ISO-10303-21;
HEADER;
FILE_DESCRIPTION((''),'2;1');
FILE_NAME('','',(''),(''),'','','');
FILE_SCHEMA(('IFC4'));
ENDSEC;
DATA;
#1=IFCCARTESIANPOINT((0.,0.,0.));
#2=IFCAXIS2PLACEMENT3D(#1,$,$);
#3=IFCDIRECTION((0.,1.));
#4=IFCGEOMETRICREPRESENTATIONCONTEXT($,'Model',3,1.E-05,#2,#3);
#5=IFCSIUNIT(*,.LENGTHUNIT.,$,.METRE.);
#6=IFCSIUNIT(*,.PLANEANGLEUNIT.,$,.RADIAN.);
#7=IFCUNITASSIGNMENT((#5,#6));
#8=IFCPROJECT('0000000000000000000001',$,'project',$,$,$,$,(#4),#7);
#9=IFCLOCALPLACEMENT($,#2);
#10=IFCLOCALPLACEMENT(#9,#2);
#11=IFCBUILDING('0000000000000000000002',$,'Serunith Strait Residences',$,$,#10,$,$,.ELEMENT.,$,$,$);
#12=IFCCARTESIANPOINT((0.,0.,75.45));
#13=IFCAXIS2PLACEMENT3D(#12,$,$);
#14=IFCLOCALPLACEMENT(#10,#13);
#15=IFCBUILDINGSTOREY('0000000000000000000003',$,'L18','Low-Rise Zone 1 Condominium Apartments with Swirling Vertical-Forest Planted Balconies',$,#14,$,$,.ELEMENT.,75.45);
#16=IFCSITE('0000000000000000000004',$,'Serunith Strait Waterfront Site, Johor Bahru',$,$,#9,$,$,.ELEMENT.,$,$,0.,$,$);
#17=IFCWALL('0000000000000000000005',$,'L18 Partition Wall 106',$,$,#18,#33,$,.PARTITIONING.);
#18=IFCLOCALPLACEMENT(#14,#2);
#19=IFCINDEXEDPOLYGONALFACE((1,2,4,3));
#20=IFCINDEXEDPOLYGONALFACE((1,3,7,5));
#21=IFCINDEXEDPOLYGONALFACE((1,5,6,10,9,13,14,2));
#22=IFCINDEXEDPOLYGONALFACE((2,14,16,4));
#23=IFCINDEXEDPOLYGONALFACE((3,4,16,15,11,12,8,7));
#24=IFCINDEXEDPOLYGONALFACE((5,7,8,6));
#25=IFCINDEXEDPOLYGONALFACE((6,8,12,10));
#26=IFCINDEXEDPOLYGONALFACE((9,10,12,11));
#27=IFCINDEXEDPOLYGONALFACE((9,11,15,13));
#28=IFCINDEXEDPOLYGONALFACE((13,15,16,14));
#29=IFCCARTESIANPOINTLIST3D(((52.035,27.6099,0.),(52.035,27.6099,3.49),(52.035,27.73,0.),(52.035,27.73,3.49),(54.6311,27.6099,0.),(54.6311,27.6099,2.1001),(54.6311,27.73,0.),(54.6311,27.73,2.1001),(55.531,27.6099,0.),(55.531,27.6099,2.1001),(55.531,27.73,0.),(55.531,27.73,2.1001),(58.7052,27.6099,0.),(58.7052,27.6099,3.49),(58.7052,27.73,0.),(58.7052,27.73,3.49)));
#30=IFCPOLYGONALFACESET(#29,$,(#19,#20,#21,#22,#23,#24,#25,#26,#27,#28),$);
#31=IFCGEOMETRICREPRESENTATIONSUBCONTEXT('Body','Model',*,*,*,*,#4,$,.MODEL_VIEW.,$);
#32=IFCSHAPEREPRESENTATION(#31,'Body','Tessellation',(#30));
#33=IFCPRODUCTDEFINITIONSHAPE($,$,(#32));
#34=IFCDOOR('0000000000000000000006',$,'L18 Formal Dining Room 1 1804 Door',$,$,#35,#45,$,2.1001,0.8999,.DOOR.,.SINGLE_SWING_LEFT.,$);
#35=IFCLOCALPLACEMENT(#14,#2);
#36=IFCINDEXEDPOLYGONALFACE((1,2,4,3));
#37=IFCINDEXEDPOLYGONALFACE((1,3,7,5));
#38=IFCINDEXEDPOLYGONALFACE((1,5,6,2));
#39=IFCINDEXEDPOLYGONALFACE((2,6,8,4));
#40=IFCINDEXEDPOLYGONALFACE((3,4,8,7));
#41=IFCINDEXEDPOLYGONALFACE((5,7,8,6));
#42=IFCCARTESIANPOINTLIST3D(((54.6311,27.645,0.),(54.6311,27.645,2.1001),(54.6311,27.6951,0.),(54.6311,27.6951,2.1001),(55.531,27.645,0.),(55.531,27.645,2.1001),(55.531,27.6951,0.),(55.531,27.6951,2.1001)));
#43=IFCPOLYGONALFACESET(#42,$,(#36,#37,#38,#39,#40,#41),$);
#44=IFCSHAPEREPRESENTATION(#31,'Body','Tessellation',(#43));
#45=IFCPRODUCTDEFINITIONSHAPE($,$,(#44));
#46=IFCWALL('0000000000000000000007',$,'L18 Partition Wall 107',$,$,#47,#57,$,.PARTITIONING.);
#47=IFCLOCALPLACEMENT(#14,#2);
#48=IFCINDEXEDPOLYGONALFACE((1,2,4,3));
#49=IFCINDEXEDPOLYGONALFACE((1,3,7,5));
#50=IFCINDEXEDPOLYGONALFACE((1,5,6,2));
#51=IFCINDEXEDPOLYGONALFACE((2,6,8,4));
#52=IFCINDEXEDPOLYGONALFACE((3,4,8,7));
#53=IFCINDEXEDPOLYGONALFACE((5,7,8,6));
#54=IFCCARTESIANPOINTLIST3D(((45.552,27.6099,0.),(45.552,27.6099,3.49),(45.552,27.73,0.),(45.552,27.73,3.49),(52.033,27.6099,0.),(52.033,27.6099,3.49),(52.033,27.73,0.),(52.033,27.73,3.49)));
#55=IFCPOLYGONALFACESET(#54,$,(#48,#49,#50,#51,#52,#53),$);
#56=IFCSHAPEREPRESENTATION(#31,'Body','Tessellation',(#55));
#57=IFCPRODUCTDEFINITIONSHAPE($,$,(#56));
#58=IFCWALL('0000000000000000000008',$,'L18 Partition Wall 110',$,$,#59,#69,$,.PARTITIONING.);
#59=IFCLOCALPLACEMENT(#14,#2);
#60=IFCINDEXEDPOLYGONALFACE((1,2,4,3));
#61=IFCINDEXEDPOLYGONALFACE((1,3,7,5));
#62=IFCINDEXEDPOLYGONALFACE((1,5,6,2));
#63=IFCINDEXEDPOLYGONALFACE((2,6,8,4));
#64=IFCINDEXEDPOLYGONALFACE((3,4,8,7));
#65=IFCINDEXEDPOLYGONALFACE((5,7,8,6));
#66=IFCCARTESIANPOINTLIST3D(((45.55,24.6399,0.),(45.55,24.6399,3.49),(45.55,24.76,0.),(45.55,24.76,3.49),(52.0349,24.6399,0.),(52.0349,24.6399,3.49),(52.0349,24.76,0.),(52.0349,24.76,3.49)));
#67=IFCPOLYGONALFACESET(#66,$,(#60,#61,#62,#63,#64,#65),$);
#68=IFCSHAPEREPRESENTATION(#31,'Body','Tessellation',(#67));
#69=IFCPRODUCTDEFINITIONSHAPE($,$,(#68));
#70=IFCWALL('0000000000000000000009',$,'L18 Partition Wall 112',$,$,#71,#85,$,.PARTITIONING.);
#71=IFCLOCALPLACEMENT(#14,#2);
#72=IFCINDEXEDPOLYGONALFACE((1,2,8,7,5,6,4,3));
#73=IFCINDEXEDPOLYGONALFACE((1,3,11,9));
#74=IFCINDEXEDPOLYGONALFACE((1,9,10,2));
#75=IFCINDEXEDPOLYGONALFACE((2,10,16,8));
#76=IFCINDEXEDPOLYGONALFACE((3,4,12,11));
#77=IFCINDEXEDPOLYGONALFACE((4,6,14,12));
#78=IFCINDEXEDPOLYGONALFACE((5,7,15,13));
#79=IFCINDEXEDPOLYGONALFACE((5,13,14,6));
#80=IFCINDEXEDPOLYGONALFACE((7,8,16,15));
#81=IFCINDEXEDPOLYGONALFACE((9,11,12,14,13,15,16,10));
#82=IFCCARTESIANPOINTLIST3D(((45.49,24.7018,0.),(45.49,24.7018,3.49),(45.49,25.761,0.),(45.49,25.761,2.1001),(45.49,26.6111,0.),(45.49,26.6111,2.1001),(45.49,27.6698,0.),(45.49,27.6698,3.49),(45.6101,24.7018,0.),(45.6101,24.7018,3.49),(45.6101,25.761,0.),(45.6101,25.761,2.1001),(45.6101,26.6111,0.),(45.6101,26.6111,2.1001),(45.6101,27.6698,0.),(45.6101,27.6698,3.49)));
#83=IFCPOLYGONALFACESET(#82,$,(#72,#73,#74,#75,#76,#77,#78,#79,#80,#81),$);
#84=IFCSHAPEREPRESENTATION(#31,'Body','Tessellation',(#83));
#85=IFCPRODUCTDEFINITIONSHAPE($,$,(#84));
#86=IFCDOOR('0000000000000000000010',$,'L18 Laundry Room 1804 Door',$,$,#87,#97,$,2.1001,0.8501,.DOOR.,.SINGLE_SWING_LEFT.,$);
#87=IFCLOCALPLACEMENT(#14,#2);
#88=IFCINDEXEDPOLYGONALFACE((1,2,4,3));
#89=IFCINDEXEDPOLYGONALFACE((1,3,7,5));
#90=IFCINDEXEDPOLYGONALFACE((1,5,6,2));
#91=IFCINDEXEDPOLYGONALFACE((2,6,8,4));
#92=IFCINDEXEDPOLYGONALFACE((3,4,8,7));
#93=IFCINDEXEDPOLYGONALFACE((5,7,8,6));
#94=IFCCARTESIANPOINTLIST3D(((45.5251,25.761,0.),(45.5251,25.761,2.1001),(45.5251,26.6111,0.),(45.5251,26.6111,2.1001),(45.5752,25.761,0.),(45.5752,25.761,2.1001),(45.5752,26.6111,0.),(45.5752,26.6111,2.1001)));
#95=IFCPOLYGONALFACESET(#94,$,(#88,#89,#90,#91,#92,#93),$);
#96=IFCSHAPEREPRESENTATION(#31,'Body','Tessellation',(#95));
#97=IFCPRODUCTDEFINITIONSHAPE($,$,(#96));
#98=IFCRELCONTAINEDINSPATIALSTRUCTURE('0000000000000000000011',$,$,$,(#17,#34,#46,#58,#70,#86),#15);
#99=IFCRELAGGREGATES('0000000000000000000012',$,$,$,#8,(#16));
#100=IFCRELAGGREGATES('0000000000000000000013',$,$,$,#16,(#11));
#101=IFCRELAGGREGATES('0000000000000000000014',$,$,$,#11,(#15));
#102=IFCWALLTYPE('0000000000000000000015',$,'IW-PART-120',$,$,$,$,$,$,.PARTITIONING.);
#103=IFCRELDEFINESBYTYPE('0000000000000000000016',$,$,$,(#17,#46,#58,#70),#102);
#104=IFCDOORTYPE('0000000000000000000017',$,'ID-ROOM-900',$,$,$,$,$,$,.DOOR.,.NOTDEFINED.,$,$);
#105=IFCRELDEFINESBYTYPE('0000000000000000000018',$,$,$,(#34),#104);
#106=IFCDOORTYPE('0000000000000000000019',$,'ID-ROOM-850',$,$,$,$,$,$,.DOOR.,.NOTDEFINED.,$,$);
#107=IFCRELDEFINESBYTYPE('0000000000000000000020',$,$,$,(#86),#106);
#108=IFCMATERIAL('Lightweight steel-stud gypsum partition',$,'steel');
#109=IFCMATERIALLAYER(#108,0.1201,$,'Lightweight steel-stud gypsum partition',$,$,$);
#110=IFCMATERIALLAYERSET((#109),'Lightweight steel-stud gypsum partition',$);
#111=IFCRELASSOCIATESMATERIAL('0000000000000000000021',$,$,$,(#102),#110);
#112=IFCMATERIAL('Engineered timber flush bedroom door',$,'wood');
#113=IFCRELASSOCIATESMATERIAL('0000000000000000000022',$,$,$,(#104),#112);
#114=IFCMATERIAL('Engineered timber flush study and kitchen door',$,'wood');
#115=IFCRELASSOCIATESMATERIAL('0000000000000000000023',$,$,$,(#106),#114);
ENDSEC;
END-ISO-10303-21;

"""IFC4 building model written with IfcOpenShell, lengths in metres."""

from ifc_helpers import new_model, si_unit, direction, frame, frame_2d, origin, place, context, subcontext, project, spatial, rectangle, extrude, source, transform, mapped, material, layer, layer_set, type_object, element, fill, save


model = new_model("IFC4")

# Units and contexts
model_context = context("Model", 3, precision=1e-05, world=origin(), true_north=direction((0.0, 1.0)))
body_context = subcontext(model_context, "Body", "Model", "MODEL_VIEW")
ifc_project = project(units=[si_unit("LENGTHUNIT", "METRE"), si_unit("PLANEANGLEUNIT", "RADIAN")], contexts=[model_context])

# Site, building, storey
site_placement = place(None, origin())
site = spatial("IfcSite", under=ifc_project, at=site_placement, Name="Serunith Strait Waterfront Site, Johor Bahru", CompositionType="ELEMENT", RefElevation=0.0)
building_placement = place(site_placement, origin())
building = spatial("IfcBuilding", under=site, at=building_placement, Name="Serunith Strait Residences", CompositionType="ELEMENT")
storey_placement = place(building_placement, frame((0.0, 0.0, 75.45)))
storey = spatial("IfcBuildingStorey", under=building, at=storey_placement, Name="L18", Description="Low-Rise Zone 1 Condominium Apartments with Swirling Vertical-Forest Planted Balconies", CompositionType="ELEMENT", Elevation=75.45)

# Shared definitions
ifc_material_1 = material(Name="Lightweight steel-stud gypsum partition", Category="steel")
ifc_layer_1 = layer(ifc_material_1, 0.1201, Name="Lightweight steel-stud gypsum partition")
ifc_layer_set_1 = layer_set([ifc_layer_1], Name="Lightweight steel-stud gypsum partition")
wall_type = type_object("IfcWallType", Name="IW-PART-120", PredefinedType="PARTITIONING", material=ifc_layer_set_1)
ifc_material_2 = material(Name="Engineered timber flush bedroom door", Category="wood")
door_type_1 = type_object("IfcDoorType", Name="ID-ROOM-900", OperationType="NOTDEFINED", PredefinedType="DOOR", material=ifc_material_2)
shared_shape_1 = source(origin(), body_context, "Body", "SweptSolid", [
    extrude(rectangle(XDim=0.8999, YDim=2.1001, at=frame_2d((0.45, 1.05))), frame((0.0, 0.0249, 0.0), z_axis=(0.0, -1.0, 0.0), x_axis=(1.0, 0.0, 0.0)), (0.0, 0.0, 1.0), 0.05),
])

# Shared definitions
ifc_material_3 = material(Name="Engineered timber flush study and kitchen door", Category="wood")
door_type_2 = type_object("IfcDoorType", Name="ID-ROOM-850", OperationType="NOTDEFINED", PredefinedType="DOOR", material=ifc_material_3)
shared_shape_2 = source(origin(), body_context, "Body", "SweptSolid", [
    extrude(rectangle(XDim=0.8501, YDim=2.1001, at=frame_2d((0.425, 1.05))), frame((0.0, 0.0249, 0.0), z_axis=(0.0, -1.0, 0.0), x_axis=(1.0, 0.0, 0.0)), (0.0, 0.0, 1.0), 0.05),
])

# Wall, opening, door
wall_1_placement = place(storey_placement, frame((58.7051, 27.6699, 0.0), z_axis=(0.0, 0.0, 1.0), x_axis=(-1.0, 0.0, 0.0)))
wall_1 = element("IfcWall", 1, at=wall_1_placement, inside=storey, type_object=wall_type, Name="L18 Partition Wall 106", PredefinedType="PARTITIONING", context=body_context, shape_type="SweptSolid", body=[
    extrude(rectangle(XDim=6.6702, YDim=0.1201, at=frame_2d((3.335, 0.0))), origin(), (0.0, 0.0, 1.0), 3.49),
])
opening_1_placement = place(wall_1_placement, frame((3.1741, 0.0, 0.0)))
opening_1 = element("IfcOpeningElement", 2, at=opening_1_placement, cuts=wall_1, PredefinedType="OPENING", context=body_context, shape_type="SweptSolid", body=[
    extrude(rectangle(XDim=0.8999, YDim=2.1001, at=frame_2d((0.45, 1.05))), frame((0.0, 0.0701, 0.0), z_axis=(0.0, -1.0, 0.0), x_axis=(1.0, 0.0, 0.0)), (0.0, 0.0, 1.0), 0.1401),
])
door_1_placement = place(opening_1_placement, origin())
door_1 = element("IfcDoor", 3, at=door_1_placement, inside=storey, type_object=door_type_1, Name="L18 Formal Dining Room 1 1804 Door", OperationType="SINGLE_SWING_LEFT", OverallHeight=2.1001, OverallWidth=0.8999, PredefinedType="DOOR", context=body_context, shape_type="MappedRepresentation", body=[
    mapped(shared_shape_1, transform((0.0, 0.0, 0.0), scale=1.0)),
])
fill(opening_1, door_1)

# Walls
wall_2_placement = place(storey_placement, frame((52.033, 27.6699, 0.0), z_axis=(0.0, 0.0, 1.0), x_axis=(-1.0, 0.0, 0.0)))
element("IfcWall", 4, at=wall_2_placement, inside=storey, type_object=wall_type, Name="L18 Partition Wall 107", PredefinedType="PARTITIONING", context=body_context, shape_type="SweptSolid", body=[
    extrude(rectangle(XDim=6.481, YDim=0.1201, at=frame_2d((3.2405, 0.0))), origin(), (0.0, 0.0, 1.0), 3.49),
])
wall_3_placement = place(storey_placement, frame((52.0349, 24.7, 0.0), z_axis=(0.0, 0.0, 1.0), x_axis=(-1.0, 0.0, 0.0)))
element("IfcWall", 5, at=wall_3_placement, inside=storey, type_object=wall_type, Name="L18 Partition Wall 110", PredefinedType="PARTITIONING", context=body_context, shape_type="SweptSolid", body=[
    extrude(rectangle(XDim=6.4849, YDim=0.1201, at=frame_2d((3.2424, 0.0))), origin(), (0.0, 0.0, 1.0), 3.49),
])

# Wall, opening, door
wall_4_placement = place(storey_placement, frame((45.55, 24.7019, 0.0), z_axis=(0.0, 0.0, 1.0), x_axis=(0.0, 1.0, 0.0)))
wall_4 = element("IfcWall", 6, at=wall_4_placement, inside=storey, type_object=wall_type, Name="L18 Partition Wall 112", PredefinedType="PARTITIONING", context=body_context, shape_type="SweptSolid", body=[
    extrude(rectangle(XDim=2.968, YDim=0.1201, at=frame_2d((1.4839, 0.0))), origin(), (0.0, 0.0, 1.0), 3.49),
])
opening_2_placement = place(wall_4_placement, frame((1.0591, 0.0, 0.0)))
opening_2 = element("IfcOpeningElement", 7, at=opening_2_placement, cuts=wall_4, PredefinedType="OPENING", context=body_context, shape_type="SweptSolid", body=[
    extrude(rectangle(XDim=0.8501, YDim=2.1001, at=frame_2d((0.425, 1.05))), frame((0.0, 0.0701, 0.0), z_axis=(0.0, -1.0, 0.0), x_axis=(1.0, 0.0, 0.0)), (0.0, 0.0, 1.0), 0.1401),
])
door_2_placement = place(opening_2_placement, origin())
door_2 = element("IfcDoor", 8, at=door_2_placement, inside=storey, type_object=door_type_2, Name="L18 Laundry Room 1804 Door", OperationType="SINGLE_SWING_LEFT", OverallHeight=2.1001, OverallWidth=0.8501, PredefinedType="DOOR", context=body_context, shape_type="MappedRepresentation", body=[
    mapped(shared_shape_2, transform((0.0, 0.0, 0.0), scale=1.0)),
])
fill(opening_2, door_2)

save(model, "model.ifc")
